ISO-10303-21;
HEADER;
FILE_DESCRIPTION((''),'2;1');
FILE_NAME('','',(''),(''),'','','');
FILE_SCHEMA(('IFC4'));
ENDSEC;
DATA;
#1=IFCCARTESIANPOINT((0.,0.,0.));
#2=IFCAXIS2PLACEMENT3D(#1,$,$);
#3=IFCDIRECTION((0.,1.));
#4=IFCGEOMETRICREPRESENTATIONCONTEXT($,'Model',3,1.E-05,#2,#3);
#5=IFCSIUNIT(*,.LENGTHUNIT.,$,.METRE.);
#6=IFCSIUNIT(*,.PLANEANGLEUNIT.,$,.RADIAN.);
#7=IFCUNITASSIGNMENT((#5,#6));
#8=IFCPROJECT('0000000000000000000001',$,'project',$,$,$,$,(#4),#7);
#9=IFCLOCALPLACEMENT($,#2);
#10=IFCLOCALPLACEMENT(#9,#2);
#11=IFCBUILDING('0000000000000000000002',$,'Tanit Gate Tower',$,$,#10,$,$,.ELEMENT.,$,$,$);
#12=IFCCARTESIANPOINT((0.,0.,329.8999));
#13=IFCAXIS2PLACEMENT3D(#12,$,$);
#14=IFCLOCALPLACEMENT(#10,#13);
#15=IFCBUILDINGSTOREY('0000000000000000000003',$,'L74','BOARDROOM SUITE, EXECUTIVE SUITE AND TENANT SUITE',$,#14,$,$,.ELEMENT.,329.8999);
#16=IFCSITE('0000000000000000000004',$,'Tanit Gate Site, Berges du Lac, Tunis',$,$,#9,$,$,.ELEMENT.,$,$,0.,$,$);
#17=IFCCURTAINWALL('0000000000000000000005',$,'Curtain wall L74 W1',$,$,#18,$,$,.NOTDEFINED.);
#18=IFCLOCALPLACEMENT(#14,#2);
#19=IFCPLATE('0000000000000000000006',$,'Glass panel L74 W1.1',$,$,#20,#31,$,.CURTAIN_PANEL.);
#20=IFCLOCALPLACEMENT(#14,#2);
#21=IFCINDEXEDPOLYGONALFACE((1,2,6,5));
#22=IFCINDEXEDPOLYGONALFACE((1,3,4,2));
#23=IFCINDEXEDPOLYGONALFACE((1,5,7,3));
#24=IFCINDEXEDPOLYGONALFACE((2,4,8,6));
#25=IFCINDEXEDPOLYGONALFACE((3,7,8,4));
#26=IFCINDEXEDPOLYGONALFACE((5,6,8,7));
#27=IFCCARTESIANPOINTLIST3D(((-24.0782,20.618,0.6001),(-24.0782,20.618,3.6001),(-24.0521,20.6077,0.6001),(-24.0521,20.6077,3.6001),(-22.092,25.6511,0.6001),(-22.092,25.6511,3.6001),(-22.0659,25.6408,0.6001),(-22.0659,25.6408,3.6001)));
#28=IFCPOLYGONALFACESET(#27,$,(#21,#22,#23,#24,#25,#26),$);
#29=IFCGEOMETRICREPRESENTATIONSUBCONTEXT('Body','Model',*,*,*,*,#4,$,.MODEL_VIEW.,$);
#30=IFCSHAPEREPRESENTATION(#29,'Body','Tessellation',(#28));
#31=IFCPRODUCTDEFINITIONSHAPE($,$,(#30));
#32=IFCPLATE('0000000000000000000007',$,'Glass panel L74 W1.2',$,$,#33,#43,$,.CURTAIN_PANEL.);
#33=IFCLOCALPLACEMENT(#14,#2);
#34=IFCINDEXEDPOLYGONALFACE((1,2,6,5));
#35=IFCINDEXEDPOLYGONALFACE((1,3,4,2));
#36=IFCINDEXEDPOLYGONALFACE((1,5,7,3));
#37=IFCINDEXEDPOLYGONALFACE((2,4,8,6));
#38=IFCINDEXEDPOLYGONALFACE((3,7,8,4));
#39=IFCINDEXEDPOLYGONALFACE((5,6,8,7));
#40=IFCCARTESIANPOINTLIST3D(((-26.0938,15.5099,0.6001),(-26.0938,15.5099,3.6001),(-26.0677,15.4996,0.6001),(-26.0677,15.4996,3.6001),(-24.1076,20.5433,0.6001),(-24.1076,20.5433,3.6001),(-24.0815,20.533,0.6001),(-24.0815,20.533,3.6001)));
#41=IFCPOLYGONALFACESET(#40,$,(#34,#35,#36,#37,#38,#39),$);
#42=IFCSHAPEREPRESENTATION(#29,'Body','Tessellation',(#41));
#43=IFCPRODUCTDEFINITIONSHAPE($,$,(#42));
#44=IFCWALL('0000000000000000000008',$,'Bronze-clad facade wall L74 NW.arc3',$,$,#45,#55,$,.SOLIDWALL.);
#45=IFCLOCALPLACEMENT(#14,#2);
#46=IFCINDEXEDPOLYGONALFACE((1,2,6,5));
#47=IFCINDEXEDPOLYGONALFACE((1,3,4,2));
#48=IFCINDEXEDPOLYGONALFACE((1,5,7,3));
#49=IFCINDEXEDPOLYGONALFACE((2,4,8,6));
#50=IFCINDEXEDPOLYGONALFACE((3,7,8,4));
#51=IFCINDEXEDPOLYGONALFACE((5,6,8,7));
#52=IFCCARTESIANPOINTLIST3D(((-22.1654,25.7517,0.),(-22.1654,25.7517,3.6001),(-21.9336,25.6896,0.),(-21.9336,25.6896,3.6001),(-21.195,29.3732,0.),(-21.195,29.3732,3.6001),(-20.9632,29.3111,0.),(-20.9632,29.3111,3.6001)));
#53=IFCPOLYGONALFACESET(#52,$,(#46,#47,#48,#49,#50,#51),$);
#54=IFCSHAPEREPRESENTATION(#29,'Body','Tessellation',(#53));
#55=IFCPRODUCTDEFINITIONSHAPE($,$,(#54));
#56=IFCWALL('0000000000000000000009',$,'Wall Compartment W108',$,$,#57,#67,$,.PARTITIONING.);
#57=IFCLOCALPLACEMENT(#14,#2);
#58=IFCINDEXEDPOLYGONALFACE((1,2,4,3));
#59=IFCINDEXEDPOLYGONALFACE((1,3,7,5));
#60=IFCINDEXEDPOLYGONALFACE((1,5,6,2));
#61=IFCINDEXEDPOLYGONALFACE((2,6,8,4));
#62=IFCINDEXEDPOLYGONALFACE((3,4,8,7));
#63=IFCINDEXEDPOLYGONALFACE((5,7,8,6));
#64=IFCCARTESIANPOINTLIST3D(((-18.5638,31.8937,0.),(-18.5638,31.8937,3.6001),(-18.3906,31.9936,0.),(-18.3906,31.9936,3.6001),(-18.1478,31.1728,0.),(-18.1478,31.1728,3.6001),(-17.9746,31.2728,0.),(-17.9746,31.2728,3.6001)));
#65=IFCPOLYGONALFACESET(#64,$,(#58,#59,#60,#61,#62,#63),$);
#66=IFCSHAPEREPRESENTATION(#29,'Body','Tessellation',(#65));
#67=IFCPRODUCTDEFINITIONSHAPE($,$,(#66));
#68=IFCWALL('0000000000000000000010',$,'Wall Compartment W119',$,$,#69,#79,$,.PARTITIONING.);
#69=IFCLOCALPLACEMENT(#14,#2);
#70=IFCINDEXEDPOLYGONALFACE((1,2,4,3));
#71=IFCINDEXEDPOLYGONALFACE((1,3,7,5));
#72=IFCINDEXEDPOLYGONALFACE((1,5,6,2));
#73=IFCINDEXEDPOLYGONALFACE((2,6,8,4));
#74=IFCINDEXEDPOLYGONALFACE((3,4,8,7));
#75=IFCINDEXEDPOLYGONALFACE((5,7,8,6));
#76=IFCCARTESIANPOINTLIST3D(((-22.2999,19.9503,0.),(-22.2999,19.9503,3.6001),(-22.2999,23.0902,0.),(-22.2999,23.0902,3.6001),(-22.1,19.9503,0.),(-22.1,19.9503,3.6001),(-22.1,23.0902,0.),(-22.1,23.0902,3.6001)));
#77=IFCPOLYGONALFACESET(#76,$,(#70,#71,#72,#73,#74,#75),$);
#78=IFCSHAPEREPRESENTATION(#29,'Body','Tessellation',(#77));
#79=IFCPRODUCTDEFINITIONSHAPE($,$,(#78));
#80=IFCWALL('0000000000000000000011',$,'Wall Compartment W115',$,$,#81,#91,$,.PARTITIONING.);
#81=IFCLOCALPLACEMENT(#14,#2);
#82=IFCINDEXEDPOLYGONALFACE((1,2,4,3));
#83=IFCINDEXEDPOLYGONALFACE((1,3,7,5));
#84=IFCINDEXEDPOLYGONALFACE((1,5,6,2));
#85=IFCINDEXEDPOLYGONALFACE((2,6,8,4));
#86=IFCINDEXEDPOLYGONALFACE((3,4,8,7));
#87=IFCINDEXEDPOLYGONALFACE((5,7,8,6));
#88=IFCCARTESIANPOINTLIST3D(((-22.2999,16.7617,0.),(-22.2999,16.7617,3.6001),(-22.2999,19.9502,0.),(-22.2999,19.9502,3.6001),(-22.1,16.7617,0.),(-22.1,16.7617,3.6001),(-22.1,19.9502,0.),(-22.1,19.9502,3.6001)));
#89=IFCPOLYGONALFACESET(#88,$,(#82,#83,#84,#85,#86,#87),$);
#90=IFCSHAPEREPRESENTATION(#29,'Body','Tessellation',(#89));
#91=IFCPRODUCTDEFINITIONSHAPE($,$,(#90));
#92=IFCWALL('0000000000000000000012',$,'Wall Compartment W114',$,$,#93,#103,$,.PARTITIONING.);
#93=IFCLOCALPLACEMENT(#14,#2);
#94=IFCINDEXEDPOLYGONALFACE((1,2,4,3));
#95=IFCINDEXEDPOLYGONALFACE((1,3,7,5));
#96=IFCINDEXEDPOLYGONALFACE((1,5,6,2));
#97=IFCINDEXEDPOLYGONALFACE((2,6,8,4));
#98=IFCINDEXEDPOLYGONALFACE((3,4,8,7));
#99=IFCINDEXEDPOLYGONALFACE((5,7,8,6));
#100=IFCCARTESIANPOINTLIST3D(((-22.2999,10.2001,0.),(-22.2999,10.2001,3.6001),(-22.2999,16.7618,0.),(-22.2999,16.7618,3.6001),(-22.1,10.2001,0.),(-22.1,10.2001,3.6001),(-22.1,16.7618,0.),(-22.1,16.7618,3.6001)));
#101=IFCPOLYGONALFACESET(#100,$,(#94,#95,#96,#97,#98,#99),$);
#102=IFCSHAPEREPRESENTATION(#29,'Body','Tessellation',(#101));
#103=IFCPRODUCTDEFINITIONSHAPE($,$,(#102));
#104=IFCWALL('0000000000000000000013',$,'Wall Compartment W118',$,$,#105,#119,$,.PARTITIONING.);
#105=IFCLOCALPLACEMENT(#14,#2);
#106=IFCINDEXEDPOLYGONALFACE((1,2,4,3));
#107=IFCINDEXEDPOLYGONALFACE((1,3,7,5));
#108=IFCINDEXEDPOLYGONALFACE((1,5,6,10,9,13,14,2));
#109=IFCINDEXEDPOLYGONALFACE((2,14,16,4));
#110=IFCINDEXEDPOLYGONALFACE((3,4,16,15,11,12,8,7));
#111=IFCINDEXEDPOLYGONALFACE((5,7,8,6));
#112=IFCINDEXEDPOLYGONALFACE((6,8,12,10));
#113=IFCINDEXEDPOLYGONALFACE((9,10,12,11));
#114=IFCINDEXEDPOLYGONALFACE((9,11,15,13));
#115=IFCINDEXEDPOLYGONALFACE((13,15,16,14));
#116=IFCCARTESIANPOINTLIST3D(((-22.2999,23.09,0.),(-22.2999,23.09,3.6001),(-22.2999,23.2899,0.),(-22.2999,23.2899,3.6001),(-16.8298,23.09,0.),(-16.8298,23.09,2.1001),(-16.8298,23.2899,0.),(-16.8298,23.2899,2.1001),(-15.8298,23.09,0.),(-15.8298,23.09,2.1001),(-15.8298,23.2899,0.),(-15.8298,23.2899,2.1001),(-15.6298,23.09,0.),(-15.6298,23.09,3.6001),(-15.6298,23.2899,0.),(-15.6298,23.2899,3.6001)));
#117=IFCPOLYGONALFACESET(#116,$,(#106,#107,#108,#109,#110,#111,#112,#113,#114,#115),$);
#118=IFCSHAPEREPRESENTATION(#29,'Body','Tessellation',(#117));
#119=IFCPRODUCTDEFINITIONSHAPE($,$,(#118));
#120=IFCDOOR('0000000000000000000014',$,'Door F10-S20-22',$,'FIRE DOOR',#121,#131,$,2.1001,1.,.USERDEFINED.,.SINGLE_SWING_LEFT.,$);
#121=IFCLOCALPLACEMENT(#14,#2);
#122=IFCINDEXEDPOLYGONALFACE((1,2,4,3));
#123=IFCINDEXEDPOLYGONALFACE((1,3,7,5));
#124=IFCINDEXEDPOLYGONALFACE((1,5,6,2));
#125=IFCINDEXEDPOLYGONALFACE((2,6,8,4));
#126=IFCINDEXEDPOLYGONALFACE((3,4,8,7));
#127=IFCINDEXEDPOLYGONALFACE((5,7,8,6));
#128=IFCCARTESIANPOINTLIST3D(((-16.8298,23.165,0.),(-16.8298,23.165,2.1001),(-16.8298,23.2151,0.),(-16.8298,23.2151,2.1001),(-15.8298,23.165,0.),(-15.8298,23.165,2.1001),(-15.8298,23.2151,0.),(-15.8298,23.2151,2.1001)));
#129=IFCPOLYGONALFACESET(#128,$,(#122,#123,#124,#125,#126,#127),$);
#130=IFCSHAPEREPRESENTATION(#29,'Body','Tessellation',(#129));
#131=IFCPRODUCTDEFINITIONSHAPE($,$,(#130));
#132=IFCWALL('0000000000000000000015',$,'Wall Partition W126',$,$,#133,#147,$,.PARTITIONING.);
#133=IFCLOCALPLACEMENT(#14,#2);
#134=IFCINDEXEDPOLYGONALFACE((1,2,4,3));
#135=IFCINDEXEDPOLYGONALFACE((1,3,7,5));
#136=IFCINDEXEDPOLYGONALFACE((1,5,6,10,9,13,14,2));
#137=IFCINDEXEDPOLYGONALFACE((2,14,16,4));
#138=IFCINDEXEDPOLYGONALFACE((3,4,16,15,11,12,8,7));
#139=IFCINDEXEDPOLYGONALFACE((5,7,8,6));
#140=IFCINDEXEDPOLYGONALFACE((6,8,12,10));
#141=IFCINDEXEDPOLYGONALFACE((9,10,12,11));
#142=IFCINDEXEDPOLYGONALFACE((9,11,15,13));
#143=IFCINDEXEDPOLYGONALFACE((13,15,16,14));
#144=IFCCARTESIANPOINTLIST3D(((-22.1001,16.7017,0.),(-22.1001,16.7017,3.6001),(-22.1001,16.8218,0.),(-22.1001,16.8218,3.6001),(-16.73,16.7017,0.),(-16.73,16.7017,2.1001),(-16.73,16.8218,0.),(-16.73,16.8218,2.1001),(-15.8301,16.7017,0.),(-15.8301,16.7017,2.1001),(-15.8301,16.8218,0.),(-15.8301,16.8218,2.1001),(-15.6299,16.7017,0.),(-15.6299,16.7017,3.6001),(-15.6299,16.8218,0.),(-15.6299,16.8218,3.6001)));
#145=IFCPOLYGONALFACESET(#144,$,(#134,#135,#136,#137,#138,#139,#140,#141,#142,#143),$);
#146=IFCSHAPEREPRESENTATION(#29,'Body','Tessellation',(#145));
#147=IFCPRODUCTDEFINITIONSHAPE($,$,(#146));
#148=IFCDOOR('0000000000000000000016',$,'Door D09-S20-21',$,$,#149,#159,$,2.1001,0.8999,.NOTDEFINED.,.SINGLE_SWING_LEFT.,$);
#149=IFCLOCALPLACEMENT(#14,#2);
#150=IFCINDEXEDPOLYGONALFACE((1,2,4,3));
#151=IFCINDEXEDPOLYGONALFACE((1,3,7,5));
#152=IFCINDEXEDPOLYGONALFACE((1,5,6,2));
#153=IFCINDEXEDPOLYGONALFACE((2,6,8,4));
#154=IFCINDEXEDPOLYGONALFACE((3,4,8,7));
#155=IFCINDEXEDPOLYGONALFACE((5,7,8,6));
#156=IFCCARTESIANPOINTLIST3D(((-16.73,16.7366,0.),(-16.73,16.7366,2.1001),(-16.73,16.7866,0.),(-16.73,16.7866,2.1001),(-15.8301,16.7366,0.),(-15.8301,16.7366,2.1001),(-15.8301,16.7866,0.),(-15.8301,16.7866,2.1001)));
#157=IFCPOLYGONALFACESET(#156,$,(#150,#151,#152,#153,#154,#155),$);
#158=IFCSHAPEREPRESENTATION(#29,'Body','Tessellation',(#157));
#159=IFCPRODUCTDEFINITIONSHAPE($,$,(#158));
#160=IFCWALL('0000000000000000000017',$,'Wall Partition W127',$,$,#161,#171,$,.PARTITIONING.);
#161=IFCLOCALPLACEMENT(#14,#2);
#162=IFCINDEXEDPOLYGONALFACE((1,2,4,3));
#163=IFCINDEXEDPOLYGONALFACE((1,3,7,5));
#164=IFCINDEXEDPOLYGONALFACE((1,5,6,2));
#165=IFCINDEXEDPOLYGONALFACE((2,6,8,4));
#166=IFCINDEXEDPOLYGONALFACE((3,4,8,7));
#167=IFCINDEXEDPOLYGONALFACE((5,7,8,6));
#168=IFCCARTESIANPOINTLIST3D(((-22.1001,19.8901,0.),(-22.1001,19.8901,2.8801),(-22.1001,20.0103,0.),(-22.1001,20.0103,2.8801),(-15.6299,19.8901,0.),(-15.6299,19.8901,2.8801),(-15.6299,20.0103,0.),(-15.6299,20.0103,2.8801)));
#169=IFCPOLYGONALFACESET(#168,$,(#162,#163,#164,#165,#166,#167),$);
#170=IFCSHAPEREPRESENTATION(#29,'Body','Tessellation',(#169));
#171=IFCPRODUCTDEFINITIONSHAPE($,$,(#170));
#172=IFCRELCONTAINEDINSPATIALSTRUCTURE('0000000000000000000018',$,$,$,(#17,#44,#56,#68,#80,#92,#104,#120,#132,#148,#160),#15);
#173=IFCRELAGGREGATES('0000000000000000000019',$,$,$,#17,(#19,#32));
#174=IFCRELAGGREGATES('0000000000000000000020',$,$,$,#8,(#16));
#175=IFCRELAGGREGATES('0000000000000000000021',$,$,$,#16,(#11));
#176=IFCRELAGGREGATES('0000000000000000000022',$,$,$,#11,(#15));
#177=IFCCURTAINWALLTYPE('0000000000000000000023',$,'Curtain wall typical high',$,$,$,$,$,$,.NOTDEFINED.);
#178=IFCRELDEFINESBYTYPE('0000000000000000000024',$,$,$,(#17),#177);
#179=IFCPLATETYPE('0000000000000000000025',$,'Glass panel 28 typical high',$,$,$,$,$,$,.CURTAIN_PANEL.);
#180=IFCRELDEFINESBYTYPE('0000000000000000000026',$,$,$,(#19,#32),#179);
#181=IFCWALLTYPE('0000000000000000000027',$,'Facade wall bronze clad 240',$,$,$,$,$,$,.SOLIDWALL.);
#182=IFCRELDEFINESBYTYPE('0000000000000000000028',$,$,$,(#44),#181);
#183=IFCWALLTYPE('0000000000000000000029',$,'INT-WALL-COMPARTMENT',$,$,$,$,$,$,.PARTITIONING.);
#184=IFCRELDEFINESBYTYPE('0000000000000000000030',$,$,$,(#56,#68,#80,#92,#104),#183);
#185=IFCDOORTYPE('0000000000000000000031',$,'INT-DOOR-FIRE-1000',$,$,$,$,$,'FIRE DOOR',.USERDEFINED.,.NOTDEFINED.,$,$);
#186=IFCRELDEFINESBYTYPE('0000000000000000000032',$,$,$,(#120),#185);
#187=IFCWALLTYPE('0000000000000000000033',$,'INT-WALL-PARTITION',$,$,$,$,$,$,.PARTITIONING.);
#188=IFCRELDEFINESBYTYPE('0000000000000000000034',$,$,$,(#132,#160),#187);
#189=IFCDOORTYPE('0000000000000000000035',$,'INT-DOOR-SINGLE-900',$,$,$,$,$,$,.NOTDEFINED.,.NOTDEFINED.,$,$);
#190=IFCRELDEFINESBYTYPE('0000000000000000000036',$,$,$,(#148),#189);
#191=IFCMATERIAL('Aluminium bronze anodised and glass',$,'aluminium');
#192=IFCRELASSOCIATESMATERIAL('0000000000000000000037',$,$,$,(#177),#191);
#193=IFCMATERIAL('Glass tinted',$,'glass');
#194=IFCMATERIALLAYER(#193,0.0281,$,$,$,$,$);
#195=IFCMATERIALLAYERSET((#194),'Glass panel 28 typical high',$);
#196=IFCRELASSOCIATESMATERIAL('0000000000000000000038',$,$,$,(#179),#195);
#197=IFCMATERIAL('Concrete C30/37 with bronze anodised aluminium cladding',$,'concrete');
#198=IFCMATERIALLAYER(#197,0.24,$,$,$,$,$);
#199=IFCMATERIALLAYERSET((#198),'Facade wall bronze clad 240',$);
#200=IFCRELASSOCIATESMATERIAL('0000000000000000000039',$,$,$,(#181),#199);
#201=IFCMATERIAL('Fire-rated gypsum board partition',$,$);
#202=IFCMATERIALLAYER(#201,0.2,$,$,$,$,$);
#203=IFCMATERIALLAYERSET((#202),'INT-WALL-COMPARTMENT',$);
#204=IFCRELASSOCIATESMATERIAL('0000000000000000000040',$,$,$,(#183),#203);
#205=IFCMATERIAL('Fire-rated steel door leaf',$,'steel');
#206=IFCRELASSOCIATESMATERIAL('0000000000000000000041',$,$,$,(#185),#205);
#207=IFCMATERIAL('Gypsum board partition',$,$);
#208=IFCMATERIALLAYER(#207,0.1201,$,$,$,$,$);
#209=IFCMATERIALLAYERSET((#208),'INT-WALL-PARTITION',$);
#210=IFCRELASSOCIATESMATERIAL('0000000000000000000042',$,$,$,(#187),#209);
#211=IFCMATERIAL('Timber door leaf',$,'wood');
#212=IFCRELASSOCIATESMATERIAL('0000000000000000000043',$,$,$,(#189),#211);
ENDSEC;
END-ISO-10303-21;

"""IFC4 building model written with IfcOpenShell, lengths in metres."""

from ifc_helpers import new_model, si_unit, direction, frame, frame_2d, origin, origin_2d, place, context, subcontext, project, spatial, rectangle, extrude, material, layer, layer_set, type_object, element, fill, aggregate, save


model = new_model("IFC4")

# Units and contexts
model_context = context("Model", 3, precision=1e-05, world=origin(), true_north=direction((0.0, 1.0)))
body_context = subcontext(model_context, "Body", "Model", "MODEL_VIEW")
ifc_project = project(units=[si_unit("LENGTHUNIT", "METRE"), si_unit("PLANEANGLEUNIT", "RADIAN")], contexts=[model_context])

# Site, building, storey
site_placement = place(None, origin())
site = spatial("IfcSite", under=ifc_project, at=site_placement, Name="Tanit Gate Site, Berges du Lac, Tunis", CompositionType="ELEMENT", RefElevation=0.0)
building_placement = place(site_placement, origin())
building = spatial("IfcBuilding", under=site, at=building_placement, Name="Tanit Gate Tower", CompositionType="ELEMENT")
storey_placement = place(building_placement, frame((0.0, 0.0, 329.8999)))
storey = spatial("IfcBuildingStorey", under=building, at=storey_placement, Name="L74", Description="BOARDROOM SUITE, EXECUTIVE SUITE AND TENANT SUITE", CompositionType="ELEMENT", Elevation=329.8999)

# Curtain wall
ifc_material_1 = material(Name="Aluminium bronze anodised and glass", Category="aluminium")
curtain_wall_type = type_object("IfcCurtainWallType", Name="Curtain wall typical high", PredefinedType="NOTDEFINED", material=ifc_material_1)
curtain_wall_placement = place(storey_placement, origin())
curtain_wall = element("IfcCurtainWall", 1, at=curtain_wall_placement, inside=storey, type_object=curtain_wall_type, Name="Curtain wall L74 W1", PredefinedType="NOTDEFINED")

# Plates
ifc_material_2 = material(Name="Glass tinted", Category="glass")
ifc_layer_1 = layer(ifc_material_2, 0.0281)
ifc_layer_set_1 = layer_set([ifc_layer_1], Name="Glass panel 28 typical high")
plate_type = type_object("IfcPlateType", Name="Glass panel 28 typical high", PredefinedType="CURTAIN_PANEL", material=ifc_layer_set_1)
plate_1_placement = place(storey_placement, frame((-23.072, 23.1294, 0.6001), z_axis=(0.0, 0.0, 1.0), x_axis=(-0.36707, -0.930193, 0.0)))
plate_1 = element("IfcPlate", 2, at=plate_1_placement, type_object=plate_type, Name="Glass panel L74 W1.1", PredefinedType="CURTAIN_PANEL", context=body_context, shape_type="SweptSolid", body=[
    extrude(rectangle(XDim=5.4109, YDim=0.0281, at=origin_2d()), origin(), (0.0, 0.0, 1.0), 3.0),
])
plate_2_placement = place(storey_placement, frame((-25.0876, 18.0215, 0.6001), z_axis=(0.0, 0.0, 1.0), x_axis=(-0.36707, -0.930193, 0.0)))
plate_2 = element("IfcPlate", 3, at=plate_2_placement, type_object=plate_type, Name="Glass panel L74 W1.2", PredefinedType="CURTAIN_PANEL", context=body_context, shape_type="SweptSolid", body=[
    extrude(rectangle(XDim=5.4111, YDim=0.0281, at=origin_2d()), origin(), (0.0, 0.0, 1.0), 3.0),
])
aggregate(curtain_wall, [plate_1, plate_2])

# Walls
ifc_material_3 = material(Name="Concrete C30/37 with bronze anodised aluminium cladding", Category="concrete")
ifc_layer_2 = layer(ifc_material_3, 0.24)
ifc_layer_set_2 = layer_set([ifc_layer_2], Name="Facade wall bronze clad 240")
wall_type_1 = type_object("IfcWallType", Name="Facade wall bronze clad 240", PredefinedType="SOLIDWALL", material=ifc_layer_set_2)
wall_1_placement = place(storey_placement, frame((-21.0791, 29.342, 0.0), z_axis=(0.0, 0.0, 1.0), x_axis=(-0.258834, -0.965922, 0.0)))
element("IfcWall", 4, at=wall_1_placement, inside=storey, type_object=wall_type_1, Name="Bronze-clad facade wall L74 NW.arc3", PredefinedType="SOLIDWALL", context=body_context, shape_type="SweptSolid", body=[
    extrude(rectangle(XDim=3.7493, YDim=0.24, at=frame_2d((1.8745, 0.0))), origin(), (0.0, 0.0, 1.0), 3.6001),
])
ifc_material_4 = material(Name="Fire-rated gypsum board partition")
ifc_layer_3 = layer(ifc_material_4, 0.2)
ifc_layer_set_3 = layer_set([ifc_layer_3], Name="INT-WALL-COMPARTMENT")
wall_type_2 = type_object("IfcWallType", Name="INT-WALL-COMPARTMENT", PredefinedType="PARTITIONING", material=ifc_layer_set_3)
wall_2_placement = place(storey_placement, frame((-18.0613, 31.2229, 0.0), z_axis=(0.0, 0.0, 1.0), x_axis=(-0.499799, 0.866142, 0.0)))
element("IfcWall", 5, at=wall_2_placement, inside=storey, type_object=wall_type_2, Name="Wall Compartment W108", PredefinedType="PARTITIONING", context=body_context, shape_type="SweptSolid", body=[
    extrude(rectangle(XDim=0.8323, YDim=0.2, at=frame_2d((0.416, 0.0))), origin(), (0.0, 0.0, 1.0), 3.6001),
])
wall_3_placement = place(storey_placement, frame((-22.2, 23.0901, 0.0), z_axis=(0.0, 0.0, 1.0), x_axis=(0.0, -1.0, 0.0)))
element("IfcWall", 6, at=wall_3_placement, inside=storey, type_object=wall_type_2, Name="Wall Compartment W119", PredefinedType="PARTITIONING", context=body_context, shape_type="SweptSolid", body=[
    extrude(rectangle(XDim=3.1399, YDim=0.2, at=frame_2d((1.5698, 0.0))), origin(), (0.0, 0.0, 1.0), 3.6001),
])
wall_4_placement = place(storey_placement, frame((-22.2, 19.9502, 0.0), z_axis=(0.0, 0.0, 1.0), x_axis=(0.0, -1.0, 0.0)))
element("IfcWall", 7, at=wall_4_placement, inside=storey, type_object=wall_type_2, Name="Wall Compartment W115", PredefinedType="PARTITIONING", context=body_context, shape_type="SweptSolid", body=[
    extrude(rectangle(XDim=3.1885, YDim=0.2, at=frame_2d((1.5942, 0.0))), origin(), (0.0, 0.0, 1.0), 3.6001),
])
wall_5_placement = place(storey_placement, frame((-22.2, 16.7617, 0.0), z_axis=(0.0, 0.0, 1.0), x_axis=(0.0, -1.0, 0.0)))
element("IfcWall", 8, at=wall_5_placement, inside=storey, type_object=wall_type_2, Name="Wall Compartment W114", PredefinedType="PARTITIONING", context=body_context, shape_type="SweptSolid", body=[
    extrude(rectangle(XDim=6.5618, YDim=0.2, at=frame_2d((3.2808, 0.0))), origin(), (0.0, 0.0, 1.0), 3.6001),
])

# Walls, openings, doors
wall_6_placement = place(storey_placement, frame((-15.6299, 23.1899, 0.0), z_axis=(0.0, 0.0, 1.0), x_axis=(-1.0, 0.0, 0.0)))
wall_6 = element("IfcWall", 9, at=wall_6_placement, inside=storey, type_object=wall_type_2, Name="Wall Compartment W118", PredefinedType="PARTITIONING", context=body_context, shape_type="SweptSolid", body=[
    extrude(rectangle(XDim=6.6702, YDim=0.2, at=frame_2d((3.335, 0.0))), origin(), (0.0, 0.0, 1.0), 3.6001),
])
opening_1_placement = place(wall_6_placement, frame((0.2, 0.0, 0.0)))
opening_1 = element("IfcOpeningElement", 10, at=opening_1_placement, cuts=wall_6, PredefinedType="OPENING", context=body_context, shape_type="SweptSolid", body=[
    extrude(rectangle(XDim=1.0, YDim=2.1001, at=frame_2d((0.5, 1.05))), frame((0.0, 0.1099, 0.0), z_axis=(0.0, -1.0, 0.0), x_axis=(1.0, 0.0, 0.0)), (0.0, 0.0, 1.0), 0.22),
])
ifc_material_5 = material(Name="Fire-rated steel door leaf", Category="steel")
door_type_1 = type_object("IfcDoorType", Name="INT-DOOR-FIRE-1000", ElementType="FIRE DOOR", OperationType="NOTDEFINED", PredefinedType="USERDEFINED", material=ifc_material_5)
door_1_placement = place(opening_1_placement, origin())
door_1 = element("IfcDoor", 11, at=door_1_placement, inside=storey, type_object=door_type_1, Name="Door F10-S20-22", ObjectType="FIRE DOOR", OperationType="SINGLE_SWING_LEFT", OverallHeight=2.1001, OverallWidth=1.0, PredefinedType="USERDEFINED", context=body_context, shape_type="SweptSolid", body=[
    extrude(rectangle(XDim=1.0, YDim=2.1001, at=frame_2d((0.5, 1.05))), frame((0.0, 0.0249, 0.0), z_axis=(0.0, -1.0, 0.0), x_axis=(1.0, 0.0, 0.0)), (0.0, 0.0, 1.0), 0.05),
])
fill(opening_1, door_1)
ifc_material_6 = material(Name="Gypsum board partition")
ifc_layer_4 = layer(ifc_material_6, 0.1201)
ifc_layer_set_4 = layer_set([ifc_layer_4], Name="INT-WALL-PARTITION")
wall_type_3 = type_object("IfcWallType", Name="INT-WALL-PARTITION", PredefinedType="PARTITIONING", material=ifc_layer_set_4)
wall_7_placement = place(storey_placement, frame((-22.1001, 16.7617, 0.0), z_axis=(0.0, 0.0, 1.0), x_axis=(1.0, 0.0, 0.0)))
wall_7 = element("IfcWall", 12, at=wall_7_placement, inside=storey, type_object=wall_type_3, Name="Wall Partition W126", PredefinedType="PARTITIONING", context=body_context, shape_type="SweptSolid", body=[
    extrude(rectangle(XDim=6.4702, YDim=0.1201, at=frame_2d((3.2351, 0.0))), origin(), (0.0, 0.0, 1.0), 3.6001),
])
opening_2_placement = place(wall_7_placement, frame((5.3701, 0.0, 0.0)))
opening_2 = element("IfcOpeningElement", 13, at=opening_2_placement, cuts=wall_7, PredefinedType="OPENING", context=body_context, shape_type="SweptSolid", body=[
    extrude(rectangle(XDim=0.8999, YDim=2.1001, at=frame_2d((0.45, 1.05))), frame((0.0, 0.0701, 0.0), z_axis=(0.0, -1.0, 0.0), x_axis=(1.0, 0.0, 0.0)), (0.0, 0.0, 1.0), 0.1401),
])
ifc_material_7 = material(Name="Timber door leaf", Category="wood")
door_type_2 = type_object("IfcDoorType", Name="INT-DOOR-SINGLE-900", OperationType="NOTDEFINED", PredefinedType="NOTDEFINED", material=ifc_material_7)
door_2_placement = place(opening_2_placement, origin())
door_2 = element("IfcDoor", 14, at=door_2_placement, inside=storey, type_object=door_type_2, Name="Door D09-S20-21", OperationType="SINGLE_SWING_LEFT", OverallHeight=2.1001, OverallWidth=0.8999, PredefinedType="NOTDEFINED", context=body_context, shape_type="SweptSolid", body=[
    extrude(rectangle(XDim=0.8999, YDim=2.1001, at=frame_2d((0.45, 1.05))), frame((0.0, 0.0249, 0.0), z_axis=(0.0, -1.0, 0.0), x_axis=(1.0, 0.0, 0.0)), (0.0, 0.0, 1.0), 0.05),
])
fill(opening_2, door_2)

# Wall
wall_8_placement = place(storey_placement, frame((-22.1001, 19.9502, 0.0), z_axis=(0.0, 0.0, 1.0), x_axis=(1.0, 0.0, 0.0)))
element("IfcWall", 15, at=wall_8_placement, inside=storey, type_object=wall_type_3, Name="Wall Partition W127", PredefinedType="PARTITIONING", context=body_context, shape_type="SweptSolid", body=[
    extrude(rectangle(XDim=6.4702, YDim=0.1201, at=frame_2d((3.2351, 0.0))), origin(), (0.0, 0.0, 1.0), 2.8801),
])

save(model, "model.ifc")
